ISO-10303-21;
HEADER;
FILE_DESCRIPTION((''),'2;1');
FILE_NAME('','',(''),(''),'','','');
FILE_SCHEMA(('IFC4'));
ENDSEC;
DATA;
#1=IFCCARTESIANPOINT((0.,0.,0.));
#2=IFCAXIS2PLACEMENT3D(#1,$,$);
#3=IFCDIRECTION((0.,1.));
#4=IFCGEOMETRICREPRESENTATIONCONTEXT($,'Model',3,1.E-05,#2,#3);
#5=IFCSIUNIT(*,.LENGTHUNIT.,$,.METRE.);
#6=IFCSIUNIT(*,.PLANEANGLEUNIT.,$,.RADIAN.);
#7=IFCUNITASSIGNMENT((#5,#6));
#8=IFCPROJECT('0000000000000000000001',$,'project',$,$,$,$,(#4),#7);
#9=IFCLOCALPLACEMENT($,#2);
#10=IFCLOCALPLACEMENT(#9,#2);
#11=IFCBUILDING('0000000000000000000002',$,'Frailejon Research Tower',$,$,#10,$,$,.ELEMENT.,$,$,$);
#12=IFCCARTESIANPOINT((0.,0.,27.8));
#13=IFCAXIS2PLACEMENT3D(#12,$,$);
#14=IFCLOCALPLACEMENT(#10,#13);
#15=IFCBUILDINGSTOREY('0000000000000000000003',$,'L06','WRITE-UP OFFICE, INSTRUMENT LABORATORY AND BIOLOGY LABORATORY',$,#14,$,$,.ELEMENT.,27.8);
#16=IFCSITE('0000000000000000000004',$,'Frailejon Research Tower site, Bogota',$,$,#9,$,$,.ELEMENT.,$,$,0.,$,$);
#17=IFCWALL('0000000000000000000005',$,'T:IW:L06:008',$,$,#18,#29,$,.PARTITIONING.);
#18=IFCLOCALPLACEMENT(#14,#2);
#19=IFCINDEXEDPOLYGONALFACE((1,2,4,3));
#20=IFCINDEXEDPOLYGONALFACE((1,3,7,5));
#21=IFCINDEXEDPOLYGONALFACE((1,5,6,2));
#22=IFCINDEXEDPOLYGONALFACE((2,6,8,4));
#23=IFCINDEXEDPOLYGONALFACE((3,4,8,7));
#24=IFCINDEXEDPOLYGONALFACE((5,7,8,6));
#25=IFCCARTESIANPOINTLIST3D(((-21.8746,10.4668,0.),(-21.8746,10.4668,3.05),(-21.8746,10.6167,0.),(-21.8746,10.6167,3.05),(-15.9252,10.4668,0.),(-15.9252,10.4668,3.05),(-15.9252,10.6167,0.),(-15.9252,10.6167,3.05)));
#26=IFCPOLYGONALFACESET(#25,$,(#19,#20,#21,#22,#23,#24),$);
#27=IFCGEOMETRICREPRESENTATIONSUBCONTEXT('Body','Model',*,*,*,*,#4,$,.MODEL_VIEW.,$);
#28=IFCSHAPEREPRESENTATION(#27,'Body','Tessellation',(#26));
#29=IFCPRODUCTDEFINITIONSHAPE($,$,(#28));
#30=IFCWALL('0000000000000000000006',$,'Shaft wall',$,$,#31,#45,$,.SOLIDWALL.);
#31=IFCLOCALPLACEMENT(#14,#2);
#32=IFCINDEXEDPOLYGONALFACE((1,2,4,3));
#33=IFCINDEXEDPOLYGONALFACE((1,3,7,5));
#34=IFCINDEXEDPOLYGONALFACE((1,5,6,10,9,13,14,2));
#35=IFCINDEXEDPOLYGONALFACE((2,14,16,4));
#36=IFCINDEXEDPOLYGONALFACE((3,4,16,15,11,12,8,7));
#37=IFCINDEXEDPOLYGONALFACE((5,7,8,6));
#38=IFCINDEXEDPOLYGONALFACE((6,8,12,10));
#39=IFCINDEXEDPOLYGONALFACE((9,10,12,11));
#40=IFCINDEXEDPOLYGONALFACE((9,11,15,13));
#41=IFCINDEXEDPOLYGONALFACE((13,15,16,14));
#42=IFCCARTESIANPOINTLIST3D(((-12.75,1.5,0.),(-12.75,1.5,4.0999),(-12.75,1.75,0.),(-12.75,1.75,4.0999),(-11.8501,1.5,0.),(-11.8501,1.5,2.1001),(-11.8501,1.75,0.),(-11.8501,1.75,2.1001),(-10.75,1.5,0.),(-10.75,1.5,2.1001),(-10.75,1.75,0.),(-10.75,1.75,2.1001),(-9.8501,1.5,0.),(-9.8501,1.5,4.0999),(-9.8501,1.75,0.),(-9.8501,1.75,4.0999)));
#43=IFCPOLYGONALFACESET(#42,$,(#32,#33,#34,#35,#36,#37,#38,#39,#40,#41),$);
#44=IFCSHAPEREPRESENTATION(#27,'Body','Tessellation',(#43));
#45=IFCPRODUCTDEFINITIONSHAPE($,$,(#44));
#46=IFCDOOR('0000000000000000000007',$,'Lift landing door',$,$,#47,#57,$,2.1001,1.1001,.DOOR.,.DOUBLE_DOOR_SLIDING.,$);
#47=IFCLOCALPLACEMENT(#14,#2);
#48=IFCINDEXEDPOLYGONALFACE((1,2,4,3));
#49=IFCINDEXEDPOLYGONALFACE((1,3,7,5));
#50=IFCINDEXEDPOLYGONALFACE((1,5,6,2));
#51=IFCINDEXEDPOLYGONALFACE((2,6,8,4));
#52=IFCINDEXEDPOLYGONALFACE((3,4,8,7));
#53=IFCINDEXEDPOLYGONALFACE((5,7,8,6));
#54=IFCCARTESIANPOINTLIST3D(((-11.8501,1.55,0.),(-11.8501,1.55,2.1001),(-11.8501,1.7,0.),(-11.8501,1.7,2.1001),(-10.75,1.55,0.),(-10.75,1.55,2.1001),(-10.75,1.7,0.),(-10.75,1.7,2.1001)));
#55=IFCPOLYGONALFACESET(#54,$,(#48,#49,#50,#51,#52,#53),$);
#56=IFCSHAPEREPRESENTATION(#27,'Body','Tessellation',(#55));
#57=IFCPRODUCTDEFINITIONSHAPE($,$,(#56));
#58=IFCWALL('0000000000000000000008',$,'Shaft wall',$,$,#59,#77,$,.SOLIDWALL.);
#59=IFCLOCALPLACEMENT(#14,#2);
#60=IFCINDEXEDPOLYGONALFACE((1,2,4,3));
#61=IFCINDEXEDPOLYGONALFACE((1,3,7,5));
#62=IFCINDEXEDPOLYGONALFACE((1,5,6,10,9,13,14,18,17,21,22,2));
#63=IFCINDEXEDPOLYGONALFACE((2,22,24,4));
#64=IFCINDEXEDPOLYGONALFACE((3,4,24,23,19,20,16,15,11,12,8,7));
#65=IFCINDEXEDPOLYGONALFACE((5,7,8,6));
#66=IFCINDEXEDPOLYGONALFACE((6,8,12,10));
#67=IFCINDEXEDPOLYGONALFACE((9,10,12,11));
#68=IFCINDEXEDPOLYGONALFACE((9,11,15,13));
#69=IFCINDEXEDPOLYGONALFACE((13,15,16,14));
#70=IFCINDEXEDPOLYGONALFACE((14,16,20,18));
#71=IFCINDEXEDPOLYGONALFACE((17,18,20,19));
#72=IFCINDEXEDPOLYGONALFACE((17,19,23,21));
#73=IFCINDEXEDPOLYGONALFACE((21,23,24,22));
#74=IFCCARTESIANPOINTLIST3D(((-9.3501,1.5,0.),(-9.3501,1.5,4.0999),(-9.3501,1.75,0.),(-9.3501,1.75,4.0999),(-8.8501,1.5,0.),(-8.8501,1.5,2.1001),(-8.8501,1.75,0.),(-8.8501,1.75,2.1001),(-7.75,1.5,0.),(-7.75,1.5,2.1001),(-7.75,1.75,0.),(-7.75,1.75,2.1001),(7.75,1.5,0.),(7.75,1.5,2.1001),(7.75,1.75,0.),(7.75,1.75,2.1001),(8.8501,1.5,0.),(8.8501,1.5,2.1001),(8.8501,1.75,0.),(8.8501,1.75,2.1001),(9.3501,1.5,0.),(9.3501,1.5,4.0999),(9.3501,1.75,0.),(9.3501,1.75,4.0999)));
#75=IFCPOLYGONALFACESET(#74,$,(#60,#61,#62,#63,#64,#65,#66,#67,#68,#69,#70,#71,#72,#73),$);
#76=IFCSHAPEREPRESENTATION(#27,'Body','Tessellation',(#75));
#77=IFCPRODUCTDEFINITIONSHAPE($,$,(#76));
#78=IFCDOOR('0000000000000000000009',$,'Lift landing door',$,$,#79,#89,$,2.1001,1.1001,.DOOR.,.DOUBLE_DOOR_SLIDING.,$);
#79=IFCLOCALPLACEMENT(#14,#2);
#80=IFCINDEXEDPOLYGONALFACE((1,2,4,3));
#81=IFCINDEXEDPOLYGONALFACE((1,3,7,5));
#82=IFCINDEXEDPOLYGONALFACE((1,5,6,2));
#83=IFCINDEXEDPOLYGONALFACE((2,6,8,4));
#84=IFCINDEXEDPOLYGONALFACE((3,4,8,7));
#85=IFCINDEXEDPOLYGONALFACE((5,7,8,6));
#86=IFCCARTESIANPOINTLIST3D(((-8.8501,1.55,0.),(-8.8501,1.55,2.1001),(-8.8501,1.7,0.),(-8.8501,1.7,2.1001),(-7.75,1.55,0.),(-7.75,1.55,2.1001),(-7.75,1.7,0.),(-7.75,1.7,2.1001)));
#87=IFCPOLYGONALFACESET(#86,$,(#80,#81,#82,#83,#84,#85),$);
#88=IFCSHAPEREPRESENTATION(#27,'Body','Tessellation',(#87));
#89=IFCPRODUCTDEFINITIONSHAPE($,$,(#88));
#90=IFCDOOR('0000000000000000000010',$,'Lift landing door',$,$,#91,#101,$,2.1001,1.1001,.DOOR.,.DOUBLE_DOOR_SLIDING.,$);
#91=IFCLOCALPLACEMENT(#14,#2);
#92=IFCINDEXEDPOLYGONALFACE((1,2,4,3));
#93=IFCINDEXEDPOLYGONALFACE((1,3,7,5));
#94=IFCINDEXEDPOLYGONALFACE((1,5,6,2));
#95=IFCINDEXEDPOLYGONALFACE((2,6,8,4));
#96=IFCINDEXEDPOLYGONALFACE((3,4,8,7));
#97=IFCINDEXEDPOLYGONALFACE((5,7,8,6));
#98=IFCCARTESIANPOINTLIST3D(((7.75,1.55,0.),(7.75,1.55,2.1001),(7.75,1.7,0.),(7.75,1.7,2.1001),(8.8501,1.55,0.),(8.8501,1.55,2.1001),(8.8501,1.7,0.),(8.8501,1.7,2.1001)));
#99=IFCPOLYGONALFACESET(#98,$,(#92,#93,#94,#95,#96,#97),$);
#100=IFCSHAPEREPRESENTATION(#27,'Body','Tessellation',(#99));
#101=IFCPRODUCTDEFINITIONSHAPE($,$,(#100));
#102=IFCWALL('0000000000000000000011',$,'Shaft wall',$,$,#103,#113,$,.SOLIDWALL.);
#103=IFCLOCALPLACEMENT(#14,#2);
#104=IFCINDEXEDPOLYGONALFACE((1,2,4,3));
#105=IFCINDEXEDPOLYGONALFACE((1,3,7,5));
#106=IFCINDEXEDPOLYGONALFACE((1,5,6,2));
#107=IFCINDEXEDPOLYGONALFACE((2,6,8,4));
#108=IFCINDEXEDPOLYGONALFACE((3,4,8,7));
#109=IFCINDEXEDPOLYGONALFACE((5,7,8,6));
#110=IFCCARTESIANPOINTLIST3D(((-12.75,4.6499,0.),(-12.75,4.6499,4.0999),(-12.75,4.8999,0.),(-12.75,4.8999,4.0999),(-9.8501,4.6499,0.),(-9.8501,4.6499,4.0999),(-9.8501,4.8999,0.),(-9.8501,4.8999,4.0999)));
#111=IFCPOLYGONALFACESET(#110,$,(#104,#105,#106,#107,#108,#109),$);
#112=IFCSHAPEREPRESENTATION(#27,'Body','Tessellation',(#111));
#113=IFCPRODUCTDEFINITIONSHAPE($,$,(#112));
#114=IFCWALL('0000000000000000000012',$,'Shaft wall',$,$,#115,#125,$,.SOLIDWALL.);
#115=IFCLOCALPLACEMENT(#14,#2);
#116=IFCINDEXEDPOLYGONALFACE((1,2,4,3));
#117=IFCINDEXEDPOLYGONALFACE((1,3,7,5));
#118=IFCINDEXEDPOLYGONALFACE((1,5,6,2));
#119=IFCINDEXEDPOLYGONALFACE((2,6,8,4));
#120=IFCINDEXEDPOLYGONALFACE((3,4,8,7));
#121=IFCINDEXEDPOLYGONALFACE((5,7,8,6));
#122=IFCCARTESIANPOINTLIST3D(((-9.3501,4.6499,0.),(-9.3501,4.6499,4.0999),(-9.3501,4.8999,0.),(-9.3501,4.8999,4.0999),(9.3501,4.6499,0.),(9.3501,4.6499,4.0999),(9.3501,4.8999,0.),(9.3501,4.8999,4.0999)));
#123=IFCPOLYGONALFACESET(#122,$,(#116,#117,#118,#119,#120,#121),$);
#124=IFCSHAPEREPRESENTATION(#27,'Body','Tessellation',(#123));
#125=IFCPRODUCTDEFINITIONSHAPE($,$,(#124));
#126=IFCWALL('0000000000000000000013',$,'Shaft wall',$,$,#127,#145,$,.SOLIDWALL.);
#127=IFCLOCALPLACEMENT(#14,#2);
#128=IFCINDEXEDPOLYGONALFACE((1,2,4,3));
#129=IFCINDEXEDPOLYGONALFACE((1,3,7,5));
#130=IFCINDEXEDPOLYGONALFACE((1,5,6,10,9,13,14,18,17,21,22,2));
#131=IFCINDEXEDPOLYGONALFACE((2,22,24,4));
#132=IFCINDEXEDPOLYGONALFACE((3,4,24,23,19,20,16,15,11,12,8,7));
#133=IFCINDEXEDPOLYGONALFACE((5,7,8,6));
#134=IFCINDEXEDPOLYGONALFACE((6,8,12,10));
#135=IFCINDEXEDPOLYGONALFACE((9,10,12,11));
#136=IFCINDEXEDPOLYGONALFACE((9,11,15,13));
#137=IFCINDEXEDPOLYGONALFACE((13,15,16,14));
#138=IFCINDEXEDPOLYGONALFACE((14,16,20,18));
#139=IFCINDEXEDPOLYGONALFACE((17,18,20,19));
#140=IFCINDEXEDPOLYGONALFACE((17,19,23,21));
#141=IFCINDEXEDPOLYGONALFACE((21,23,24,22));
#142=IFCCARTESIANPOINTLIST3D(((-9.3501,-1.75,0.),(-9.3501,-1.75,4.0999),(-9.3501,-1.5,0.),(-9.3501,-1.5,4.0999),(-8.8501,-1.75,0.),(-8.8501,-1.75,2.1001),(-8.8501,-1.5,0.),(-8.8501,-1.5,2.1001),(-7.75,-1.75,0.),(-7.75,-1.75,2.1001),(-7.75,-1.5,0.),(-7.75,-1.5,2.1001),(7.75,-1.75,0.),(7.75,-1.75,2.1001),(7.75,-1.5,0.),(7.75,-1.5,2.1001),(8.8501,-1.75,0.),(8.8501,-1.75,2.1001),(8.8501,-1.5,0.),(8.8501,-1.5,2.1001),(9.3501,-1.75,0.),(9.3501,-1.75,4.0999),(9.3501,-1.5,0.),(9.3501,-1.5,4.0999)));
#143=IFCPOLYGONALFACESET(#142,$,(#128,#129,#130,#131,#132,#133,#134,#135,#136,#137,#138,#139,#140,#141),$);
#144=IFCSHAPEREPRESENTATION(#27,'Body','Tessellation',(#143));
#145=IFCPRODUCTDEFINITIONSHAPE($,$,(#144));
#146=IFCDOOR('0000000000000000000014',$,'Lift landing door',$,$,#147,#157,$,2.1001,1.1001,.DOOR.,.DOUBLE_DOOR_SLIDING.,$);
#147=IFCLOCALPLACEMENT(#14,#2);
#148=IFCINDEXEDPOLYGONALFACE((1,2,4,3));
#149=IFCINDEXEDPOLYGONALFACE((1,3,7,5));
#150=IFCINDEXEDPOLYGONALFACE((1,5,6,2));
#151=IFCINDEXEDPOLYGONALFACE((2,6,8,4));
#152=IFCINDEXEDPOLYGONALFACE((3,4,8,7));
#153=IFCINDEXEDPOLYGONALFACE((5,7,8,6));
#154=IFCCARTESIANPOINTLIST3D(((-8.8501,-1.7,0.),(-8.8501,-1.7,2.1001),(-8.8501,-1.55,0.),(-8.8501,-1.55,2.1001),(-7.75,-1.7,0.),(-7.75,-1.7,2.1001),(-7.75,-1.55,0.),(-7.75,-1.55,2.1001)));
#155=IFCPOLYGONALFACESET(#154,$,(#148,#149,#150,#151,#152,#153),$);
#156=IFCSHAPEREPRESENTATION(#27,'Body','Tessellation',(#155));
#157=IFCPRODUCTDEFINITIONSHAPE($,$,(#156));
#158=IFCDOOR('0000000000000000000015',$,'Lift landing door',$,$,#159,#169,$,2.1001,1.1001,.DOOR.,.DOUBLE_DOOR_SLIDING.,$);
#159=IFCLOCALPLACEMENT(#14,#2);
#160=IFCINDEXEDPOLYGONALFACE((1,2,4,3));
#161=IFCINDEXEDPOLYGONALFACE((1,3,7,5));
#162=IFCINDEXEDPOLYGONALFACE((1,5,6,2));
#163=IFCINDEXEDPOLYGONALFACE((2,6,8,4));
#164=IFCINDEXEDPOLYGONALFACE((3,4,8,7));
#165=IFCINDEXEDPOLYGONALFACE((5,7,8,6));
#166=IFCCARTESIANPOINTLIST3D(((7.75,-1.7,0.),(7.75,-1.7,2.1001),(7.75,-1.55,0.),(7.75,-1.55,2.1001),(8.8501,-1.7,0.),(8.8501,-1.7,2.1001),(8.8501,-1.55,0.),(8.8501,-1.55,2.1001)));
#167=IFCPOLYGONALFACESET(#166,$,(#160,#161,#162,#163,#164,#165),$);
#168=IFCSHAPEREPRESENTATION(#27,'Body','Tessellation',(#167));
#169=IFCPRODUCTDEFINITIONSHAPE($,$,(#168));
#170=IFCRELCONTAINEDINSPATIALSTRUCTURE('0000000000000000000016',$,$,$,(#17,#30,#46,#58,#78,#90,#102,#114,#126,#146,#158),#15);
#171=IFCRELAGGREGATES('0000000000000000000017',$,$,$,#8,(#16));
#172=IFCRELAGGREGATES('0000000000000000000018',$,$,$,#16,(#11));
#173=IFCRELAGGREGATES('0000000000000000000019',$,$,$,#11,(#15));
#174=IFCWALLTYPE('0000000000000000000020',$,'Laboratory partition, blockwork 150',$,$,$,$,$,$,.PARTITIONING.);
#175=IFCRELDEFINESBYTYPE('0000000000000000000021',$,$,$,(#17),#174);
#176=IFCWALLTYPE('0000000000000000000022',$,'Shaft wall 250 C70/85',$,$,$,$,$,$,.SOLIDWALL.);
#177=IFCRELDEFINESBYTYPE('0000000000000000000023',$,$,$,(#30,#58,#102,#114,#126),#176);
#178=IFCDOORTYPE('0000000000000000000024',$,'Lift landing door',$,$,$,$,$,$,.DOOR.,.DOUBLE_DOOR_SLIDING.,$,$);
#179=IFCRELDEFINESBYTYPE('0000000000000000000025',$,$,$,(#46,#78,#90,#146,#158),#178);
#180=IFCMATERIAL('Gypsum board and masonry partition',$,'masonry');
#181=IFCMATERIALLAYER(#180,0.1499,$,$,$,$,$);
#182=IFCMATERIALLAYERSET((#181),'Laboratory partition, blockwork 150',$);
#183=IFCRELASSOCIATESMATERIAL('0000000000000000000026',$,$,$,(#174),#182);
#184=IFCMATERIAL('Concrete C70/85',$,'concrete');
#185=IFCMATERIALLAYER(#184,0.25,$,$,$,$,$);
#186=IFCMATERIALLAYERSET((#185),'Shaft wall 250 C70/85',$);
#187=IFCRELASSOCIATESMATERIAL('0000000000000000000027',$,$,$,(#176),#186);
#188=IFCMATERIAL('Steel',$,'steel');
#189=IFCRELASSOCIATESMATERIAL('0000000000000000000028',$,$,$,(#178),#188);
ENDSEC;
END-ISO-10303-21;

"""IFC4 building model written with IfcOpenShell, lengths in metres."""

from ifc_helpers import new_model, si_unit, direction, frame, frame_2d, origin, place, context, subcontext, project, spatial, rectangle, extrude, material, layer, layer_set, type_object, element, fill, save


model = new_model("IFC4")

# Units and contexts
model_context = context("Model", 3, precision=1e-05, world=origin(), true_north=direction((0.0, 1.0)))
body_context = subcontext(model_context, "Body", "Model", "MODEL_VIEW")
ifc_project = project(units=[si_unit("LENGTHUNIT", "METRE"), si_unit("PLANEANGLEUNIT", "RADIAN")], contexts=[model_context])

# Site, building, storey
site_placement = place(None, origin())
site = spatial("IfcSite", under=ifc_project, at=site_placement, Name="Frailejon Research Tower site, Bogota", CompositionType="ELEMENT", RefElevation=0.0)
building_placement = place(site_placement, origin())
building = spatial("IfcBuilding", under=site, at=building_placement, Name="Frailejon Research Tower", CompositionType="ELEMENT")
storey_placement = place(building_placement, frame((0.0, 0.0, 27.8)))
storey = spatial("IfcBuildingStorey", under=building, at=storey_placement, Name="L06", Description="WRITE-UP OFFICE, INSTRUMENT LABORATORY AND BIOLOGY LABORATORY", CompositionType="ELEMENT", Elevation=27.8)

# Wall
ifc_material_1 = material(Name="Gypsum board and masonry partition", Category="masonry")
ifc_layer_1 = layer(ifc_material_1, 0.1499)
ifc_layer_set_1 = layer_set([ifc_layer_1], Name="Laboratory partition, blockwork 150")
wall_type_1 = type_object("IfcWallType", Name="Laboratory partition, blockwork 150", PredefinedType="PARTITIONING", material=ifc_layer_set_1)
wall_1_placement = place(storey_placement, frame((-21.8745, 10.5417, 0.0), z_axis=(0.0, 0.0, 1.0), x_axis=(1.0, 0.0, 0.0)))
element("IfcWall", 1, at=wall_1_placement, inside=storey, type_object=wall_type_1, Name="T:IW:L06:008", PredefinedType="PARTITIONING", context=body_context, shape_type="SweptSolid", body=[
    extrude(rectangle(XDim=5.9495, YDim=0.1499, at=frame_2d((2.9746, 0.0))), origin(), (0.0, 0.0, 1.0), 3.05),
])

# Wall, opening, door
ifc_material_2 = material(Name="Concrete C70/85", Category="concrete")
ifc_layer_2 = layer(ifc_material_2, 0.25)
ifc_layer_set_2 = layer_set([ifc_layer_2], Name="Shaft wall 250 C70/85")
wall_type_2 = type_object("IfcWallType", Name="Shaft wall 250 C70/85", PredefinedType="SOLIDWALL", material=ifc_layer_set_2)
wall_2_placement = place(storey_placement, frame((-12.75, 1.625, 0.0), z_axis=(0.0, 0.0, 1.0), x_axis=(1.0, 0.0, 0.0)))
wall_2 = element("IfcWall", 2, at=wall_2_placement, inside=storey, type_object=wall_type_2, Name="Shaft wall", PredefinedType="SOLIDWALL", context=body_context, shape_type="SweptSolid", body=[
    extrude(rectangle(XDim=2.8999, YDim=0.25, at=frame_2d((1.45, 0.0))), origin(), (0.0, 0.0, 1.0), 4.0999),
])
opening_1_placement = place(wall_2_placement, frame((0.8999, 0.0, 0.0)))
opening_1 = element("IfcOpeningElement", 3, at=opening_1_placement, cuts=wall_2, PredefinedType="OPENING", context=body_context, shape_type="SweptSolid", body=[
    extrude(rectangle(XDim=1.1001, YDim=2.1001, at=frame_2d((0.55, 1.05))), frame((0.0, 0.135, 0.0), z_axis=(0.0, -1.0, 0.0), x_axis=(1.0, 0.0, 0.0)), (0.0, 0.0, 1.0), 0.27),
])
ifc_material_3 = material(Name="Steel", Category="steel")
door_type_1 = type_object("IfcDoorType", Name="Lift landing door", OperationType="DOUBLE_DOOR_SLIDING", PredefinedType="DOOR", material=ifc_material_3)
door_1_placement = place(opening_1_placement, origin())
door_1 = element("IfcDoor", 4, at=door_1_placement, inside=storey, type_object=door_type_1, Name="Lift landing door", OperationType="DOUBLE_DOOR_SLIDING", OverallHeight=2.1001, OverallWidth=1.1001, PredefinedType="DOOR", context=body_context, shape_type="SweptSolid", body=[
    extrude(rectangle(XDim=1.1001, YDim=2.1001, at=frame_2d((0.55, 1.05))), frame((0.0, 0.075, 0.0), z_axis=(0.0, -1.0, 0.0), x_axis=(1.0, 0.0, 0.0)), (0.0, 0.0, 1.0), 0.1499),
])
fill(opening_1, door_1)

# Wall, openings, doors
wall_3_placement = place(storey_placement, frame((-9.3501, 1.625, 0.0), z_axis=(0.0, 0.0, 1.0), x_axis=(1.0, 0.0, 0.0)))
wall_3 = element("IfcWall", 5, at=wall_3_placement, inside=storey, type_object=wall_type_2, Name="Shaft wall", PredefinedType="SOLIDWALL", context=body_context, shape_type="SweptSolid", body=[
    extrude(rectangle(XDim=18.7002, YDim=0.25, at=frame_2d((9.3501, 0.0))), origin(), (0.0, 0.0, 1.0), 4.0999),
])
opening_2_placement = place(wall_3_placement, frame((0.5, 0.0, 0.0)))
opening_2 = element("IfcOpeningElement", 6, at=opening_2_placement, cuts=wall_3, PredefinedType="OPENING", context=body_context, shape_type="SweptSolid", body=[
    extrude(rectangle(XDim=1.1001, YDim=2.1001, at=frame_2d((0.55, 1.05))), frame((0.0, 0.135, 0.0), z_axis=(0.0, -1.0, 0.0), x_axis=(1.0, 0.0, 0.0)), (0.0, 0.0, 1.0), 0.27),
])
opening_3_placement = place(wall_3_placement, frame((17.1001, 0.0, 0.0)))
opening_3 = element("IfcOpeningElement", 7, at=opening_3_placement, cuts=wall_3, PredefinedType="OPENING", context=body_context, shape_type="SweptSolid", body=[
    extrude(rectangle(XDim=1.1001, YDim=2.1001, at=frame_2d((0.55, 1.05))), frame((0.0, 0.135, 0.0), z_axis=(0.0, -1.0, 0.0), x_axis=(1.0, 0.0, 0.0)), (0.0, 0.0, 1.0), 0.27),
])
door_2_placement = place(opening_2_placement, origin())
door_2 = element("IfcDoor", 8, at=door_2_placement, inside=storey, type_object=door_type_1, Name="Lift landing door", OperationType="DOUBLE_DOOR_SLIDING", OverallHeight=2.1001, OverallWidth=1.1001, PredefinedType="DOOR", context=body_context, shape_type="SweptSolid", body=[
    extrude(rectangle(XDim=1.1001, YDim=2.1001, at=frame_2d((0.55, 1.05))), frame((0.0, 0.075, 0.0), z_axis=(0.0, -1.0, 0.0), x_axis=(1.0, 0.0, 0.0)), (0.0, 0.0, 1.0), 0.1499),
])
fill(opening_2, door_2)
door_3_placement = place(opening_3_placement, origin())
door_3 = element("IfcDoor", 9, at=door_3_placement, inside=storey, type_object=door_type_1, Name="Lift landing door", OperationType="DOUBLE_DOOR_SLIDING", OverallHeight=2.1001, OverallWidth=1.1001, PredefinedType="DOOR", context=body_context, shape_type="SweptSolid", body=[
    extrude(rectangle(XDim=1.1001, YDim=2.1001, at=frame_2d((0.55, 1.05))), frame((0.0, 0.075, 0.0), z_axis=(0.0, -1.0, 0.0), x_axis=(1.0, 0.0, 0.0)), (0.0, 0.0, 1.0), 0.1499),
])
fill(opening_3, door_3)

# Walls
wall_4_placement = place(storey_placement, frame((-12.75, 4.7749, 0.0), z_axis=(0.0, 0.0, 1.0), x_axis=(1.0, 0.0, 0.0)))
element("IfcWall", 10, at=wall_4_placement, inside=storey, type_object=wall_type_2, Name="Shaft wall", PredefinedType="SOLIDWALL", context=body_context, shape_type="SweptSolid", body=[
    extrude(rectangle(XDim=2.8999, YDim=0.25, at=frame_2d((1.45, 0.0))), origin(), (0.0, 0.0, 1.0), 4.0999),
])
wall_5_placement = place(storey_placement, frame((-9.3501, 4.7749, 0.0), z_axis=(0.0, 0.0, 1.0), x_axis=(1.0, 0.0, 0.0)))
element("IfcWall", 11, at=wall_5_placement, inside=storey, type_object=wall_type_2, Name="Shaft wall", PredefinedType="SOLIDWALL", context=body_context, shape_type="SweptSolid", body=[
    extrude(rectangle(XDim=18.7002, YDim=0.25, at=frame_2d((9.3501, 0.0))), origin(), (0.0, 0.0, 1.0), 4.0999),
])

# Wall, openings, doors
wall_6_placement = place(storey_placement, frame((-9.3501, -1.625, 0.0), z_axis=(0.0, 0.0, 1.0), x_axis=(1.0, 0.0, 0.0)))
wall_6 = element("IfcWall", 12, at=wall_6_placement, inside=storey, type_object=wall_type_2, Name="Shaft wall", PredefinedType="SOLIDWALL", context=body_context, shape_type="SweptSolid", body=[
    extrude(rectangle(XDim=18.7002, YDim=0.25, at=frame_2d((9.3501, 0.0))), origin(), (0.0, 0.0, 1.0), 4.0999),
])
opening_4_placement = place(wall_6_placement, frame((0.5, 0.0, 0.0)))
opening_4 = element("IfcOpeningElement", 13, at=opening_4_placement, cuts=wall_6, PredefinedType="OPENING", context=body_context, shape_type="SweptSolid", body=[
    extrude(rectangle(XDim=1.1001, YDim=2.1001, at=frame_2d((0.55, 1.05))), frame((0.0, 0.135, 0.0), z_axis=(0.0, -1.0, 0.0), x_axis=(1.0, 0.0, 0.0)), (0.0, 0.0, 1.0), 0.27),
])
opening_5_placement = place(wall_6_placement, frame((17.1001, 0.0, 0.0)))
opening_5 = element("IfcOpeningElement", 14, at=opening_5_placement, cuts=wall_6, PredefinedType="OPENING", context=body_context, shape_type="SweptSolid", body=[
    extrude(rectangle(XDim=1.1001, YDim=2.1001, at=frame_2d((0.55, 1.05))), frame((0.0, 0.135, 0.0), z_axis=(0.0, -1.0, 0.0), x_axis=(1.0, 0.0, 0.0)), (0.0, 0.0, 1.0), 0.27),
])
door_4_placement = place(opening_4_placement, origin())
door_4 = element("IfcDoor", 15, at=door_4_placement, inside=storey, type_object=door_type_1, Name="Lift landing door", OperationType="DOUBLE_DOOR_SLIDING", OverallHeight=2.1001, OverallWidth=1.1001, PredefinedType="DOOR", context=body_context, shape_type="SweptSolid", body=[
    extrude(rectangle(XDim=1.1001, YDim=2.1001, at=frame_2d((0.55, 1.05))), frame((0.0, 0.075, 0.0), z_axis=(0.0, -1.0, 0.0), x_axis=(1.0, 0.0, 0.0)), (0.0, 0.0, 1.0), 0.1499),
])
fill(opening_4, door_4)
door_5_placement = place(opening_5_placement, origin())
door_5 = element("IfcDoor", 16, at=door_5_placement, inside=storey, type_object=door_type_1, Name="Lift landing door", OperationType="DOUBLE_DOOR_SLIDING", OverallHeight=2.1001, OverallWidth=1.1001, PredefinedType="DOOR", context=body_context, shape_type="SweptSolid", body=[
    extrude(rectangle(XDim=1.1001, YDim=2.1001, at=frame_2d((0.55, 1.05))), frame((0.0, 0.075, 0.0), z_axis=(0.0, -1.0, 0.0), x_axis=(1.0, 0.0, 0.0)), (0.0, 0.0, 1.0), 0.1499),
])
fill(opening_5, door_5)

save(model, "model.ifc")
